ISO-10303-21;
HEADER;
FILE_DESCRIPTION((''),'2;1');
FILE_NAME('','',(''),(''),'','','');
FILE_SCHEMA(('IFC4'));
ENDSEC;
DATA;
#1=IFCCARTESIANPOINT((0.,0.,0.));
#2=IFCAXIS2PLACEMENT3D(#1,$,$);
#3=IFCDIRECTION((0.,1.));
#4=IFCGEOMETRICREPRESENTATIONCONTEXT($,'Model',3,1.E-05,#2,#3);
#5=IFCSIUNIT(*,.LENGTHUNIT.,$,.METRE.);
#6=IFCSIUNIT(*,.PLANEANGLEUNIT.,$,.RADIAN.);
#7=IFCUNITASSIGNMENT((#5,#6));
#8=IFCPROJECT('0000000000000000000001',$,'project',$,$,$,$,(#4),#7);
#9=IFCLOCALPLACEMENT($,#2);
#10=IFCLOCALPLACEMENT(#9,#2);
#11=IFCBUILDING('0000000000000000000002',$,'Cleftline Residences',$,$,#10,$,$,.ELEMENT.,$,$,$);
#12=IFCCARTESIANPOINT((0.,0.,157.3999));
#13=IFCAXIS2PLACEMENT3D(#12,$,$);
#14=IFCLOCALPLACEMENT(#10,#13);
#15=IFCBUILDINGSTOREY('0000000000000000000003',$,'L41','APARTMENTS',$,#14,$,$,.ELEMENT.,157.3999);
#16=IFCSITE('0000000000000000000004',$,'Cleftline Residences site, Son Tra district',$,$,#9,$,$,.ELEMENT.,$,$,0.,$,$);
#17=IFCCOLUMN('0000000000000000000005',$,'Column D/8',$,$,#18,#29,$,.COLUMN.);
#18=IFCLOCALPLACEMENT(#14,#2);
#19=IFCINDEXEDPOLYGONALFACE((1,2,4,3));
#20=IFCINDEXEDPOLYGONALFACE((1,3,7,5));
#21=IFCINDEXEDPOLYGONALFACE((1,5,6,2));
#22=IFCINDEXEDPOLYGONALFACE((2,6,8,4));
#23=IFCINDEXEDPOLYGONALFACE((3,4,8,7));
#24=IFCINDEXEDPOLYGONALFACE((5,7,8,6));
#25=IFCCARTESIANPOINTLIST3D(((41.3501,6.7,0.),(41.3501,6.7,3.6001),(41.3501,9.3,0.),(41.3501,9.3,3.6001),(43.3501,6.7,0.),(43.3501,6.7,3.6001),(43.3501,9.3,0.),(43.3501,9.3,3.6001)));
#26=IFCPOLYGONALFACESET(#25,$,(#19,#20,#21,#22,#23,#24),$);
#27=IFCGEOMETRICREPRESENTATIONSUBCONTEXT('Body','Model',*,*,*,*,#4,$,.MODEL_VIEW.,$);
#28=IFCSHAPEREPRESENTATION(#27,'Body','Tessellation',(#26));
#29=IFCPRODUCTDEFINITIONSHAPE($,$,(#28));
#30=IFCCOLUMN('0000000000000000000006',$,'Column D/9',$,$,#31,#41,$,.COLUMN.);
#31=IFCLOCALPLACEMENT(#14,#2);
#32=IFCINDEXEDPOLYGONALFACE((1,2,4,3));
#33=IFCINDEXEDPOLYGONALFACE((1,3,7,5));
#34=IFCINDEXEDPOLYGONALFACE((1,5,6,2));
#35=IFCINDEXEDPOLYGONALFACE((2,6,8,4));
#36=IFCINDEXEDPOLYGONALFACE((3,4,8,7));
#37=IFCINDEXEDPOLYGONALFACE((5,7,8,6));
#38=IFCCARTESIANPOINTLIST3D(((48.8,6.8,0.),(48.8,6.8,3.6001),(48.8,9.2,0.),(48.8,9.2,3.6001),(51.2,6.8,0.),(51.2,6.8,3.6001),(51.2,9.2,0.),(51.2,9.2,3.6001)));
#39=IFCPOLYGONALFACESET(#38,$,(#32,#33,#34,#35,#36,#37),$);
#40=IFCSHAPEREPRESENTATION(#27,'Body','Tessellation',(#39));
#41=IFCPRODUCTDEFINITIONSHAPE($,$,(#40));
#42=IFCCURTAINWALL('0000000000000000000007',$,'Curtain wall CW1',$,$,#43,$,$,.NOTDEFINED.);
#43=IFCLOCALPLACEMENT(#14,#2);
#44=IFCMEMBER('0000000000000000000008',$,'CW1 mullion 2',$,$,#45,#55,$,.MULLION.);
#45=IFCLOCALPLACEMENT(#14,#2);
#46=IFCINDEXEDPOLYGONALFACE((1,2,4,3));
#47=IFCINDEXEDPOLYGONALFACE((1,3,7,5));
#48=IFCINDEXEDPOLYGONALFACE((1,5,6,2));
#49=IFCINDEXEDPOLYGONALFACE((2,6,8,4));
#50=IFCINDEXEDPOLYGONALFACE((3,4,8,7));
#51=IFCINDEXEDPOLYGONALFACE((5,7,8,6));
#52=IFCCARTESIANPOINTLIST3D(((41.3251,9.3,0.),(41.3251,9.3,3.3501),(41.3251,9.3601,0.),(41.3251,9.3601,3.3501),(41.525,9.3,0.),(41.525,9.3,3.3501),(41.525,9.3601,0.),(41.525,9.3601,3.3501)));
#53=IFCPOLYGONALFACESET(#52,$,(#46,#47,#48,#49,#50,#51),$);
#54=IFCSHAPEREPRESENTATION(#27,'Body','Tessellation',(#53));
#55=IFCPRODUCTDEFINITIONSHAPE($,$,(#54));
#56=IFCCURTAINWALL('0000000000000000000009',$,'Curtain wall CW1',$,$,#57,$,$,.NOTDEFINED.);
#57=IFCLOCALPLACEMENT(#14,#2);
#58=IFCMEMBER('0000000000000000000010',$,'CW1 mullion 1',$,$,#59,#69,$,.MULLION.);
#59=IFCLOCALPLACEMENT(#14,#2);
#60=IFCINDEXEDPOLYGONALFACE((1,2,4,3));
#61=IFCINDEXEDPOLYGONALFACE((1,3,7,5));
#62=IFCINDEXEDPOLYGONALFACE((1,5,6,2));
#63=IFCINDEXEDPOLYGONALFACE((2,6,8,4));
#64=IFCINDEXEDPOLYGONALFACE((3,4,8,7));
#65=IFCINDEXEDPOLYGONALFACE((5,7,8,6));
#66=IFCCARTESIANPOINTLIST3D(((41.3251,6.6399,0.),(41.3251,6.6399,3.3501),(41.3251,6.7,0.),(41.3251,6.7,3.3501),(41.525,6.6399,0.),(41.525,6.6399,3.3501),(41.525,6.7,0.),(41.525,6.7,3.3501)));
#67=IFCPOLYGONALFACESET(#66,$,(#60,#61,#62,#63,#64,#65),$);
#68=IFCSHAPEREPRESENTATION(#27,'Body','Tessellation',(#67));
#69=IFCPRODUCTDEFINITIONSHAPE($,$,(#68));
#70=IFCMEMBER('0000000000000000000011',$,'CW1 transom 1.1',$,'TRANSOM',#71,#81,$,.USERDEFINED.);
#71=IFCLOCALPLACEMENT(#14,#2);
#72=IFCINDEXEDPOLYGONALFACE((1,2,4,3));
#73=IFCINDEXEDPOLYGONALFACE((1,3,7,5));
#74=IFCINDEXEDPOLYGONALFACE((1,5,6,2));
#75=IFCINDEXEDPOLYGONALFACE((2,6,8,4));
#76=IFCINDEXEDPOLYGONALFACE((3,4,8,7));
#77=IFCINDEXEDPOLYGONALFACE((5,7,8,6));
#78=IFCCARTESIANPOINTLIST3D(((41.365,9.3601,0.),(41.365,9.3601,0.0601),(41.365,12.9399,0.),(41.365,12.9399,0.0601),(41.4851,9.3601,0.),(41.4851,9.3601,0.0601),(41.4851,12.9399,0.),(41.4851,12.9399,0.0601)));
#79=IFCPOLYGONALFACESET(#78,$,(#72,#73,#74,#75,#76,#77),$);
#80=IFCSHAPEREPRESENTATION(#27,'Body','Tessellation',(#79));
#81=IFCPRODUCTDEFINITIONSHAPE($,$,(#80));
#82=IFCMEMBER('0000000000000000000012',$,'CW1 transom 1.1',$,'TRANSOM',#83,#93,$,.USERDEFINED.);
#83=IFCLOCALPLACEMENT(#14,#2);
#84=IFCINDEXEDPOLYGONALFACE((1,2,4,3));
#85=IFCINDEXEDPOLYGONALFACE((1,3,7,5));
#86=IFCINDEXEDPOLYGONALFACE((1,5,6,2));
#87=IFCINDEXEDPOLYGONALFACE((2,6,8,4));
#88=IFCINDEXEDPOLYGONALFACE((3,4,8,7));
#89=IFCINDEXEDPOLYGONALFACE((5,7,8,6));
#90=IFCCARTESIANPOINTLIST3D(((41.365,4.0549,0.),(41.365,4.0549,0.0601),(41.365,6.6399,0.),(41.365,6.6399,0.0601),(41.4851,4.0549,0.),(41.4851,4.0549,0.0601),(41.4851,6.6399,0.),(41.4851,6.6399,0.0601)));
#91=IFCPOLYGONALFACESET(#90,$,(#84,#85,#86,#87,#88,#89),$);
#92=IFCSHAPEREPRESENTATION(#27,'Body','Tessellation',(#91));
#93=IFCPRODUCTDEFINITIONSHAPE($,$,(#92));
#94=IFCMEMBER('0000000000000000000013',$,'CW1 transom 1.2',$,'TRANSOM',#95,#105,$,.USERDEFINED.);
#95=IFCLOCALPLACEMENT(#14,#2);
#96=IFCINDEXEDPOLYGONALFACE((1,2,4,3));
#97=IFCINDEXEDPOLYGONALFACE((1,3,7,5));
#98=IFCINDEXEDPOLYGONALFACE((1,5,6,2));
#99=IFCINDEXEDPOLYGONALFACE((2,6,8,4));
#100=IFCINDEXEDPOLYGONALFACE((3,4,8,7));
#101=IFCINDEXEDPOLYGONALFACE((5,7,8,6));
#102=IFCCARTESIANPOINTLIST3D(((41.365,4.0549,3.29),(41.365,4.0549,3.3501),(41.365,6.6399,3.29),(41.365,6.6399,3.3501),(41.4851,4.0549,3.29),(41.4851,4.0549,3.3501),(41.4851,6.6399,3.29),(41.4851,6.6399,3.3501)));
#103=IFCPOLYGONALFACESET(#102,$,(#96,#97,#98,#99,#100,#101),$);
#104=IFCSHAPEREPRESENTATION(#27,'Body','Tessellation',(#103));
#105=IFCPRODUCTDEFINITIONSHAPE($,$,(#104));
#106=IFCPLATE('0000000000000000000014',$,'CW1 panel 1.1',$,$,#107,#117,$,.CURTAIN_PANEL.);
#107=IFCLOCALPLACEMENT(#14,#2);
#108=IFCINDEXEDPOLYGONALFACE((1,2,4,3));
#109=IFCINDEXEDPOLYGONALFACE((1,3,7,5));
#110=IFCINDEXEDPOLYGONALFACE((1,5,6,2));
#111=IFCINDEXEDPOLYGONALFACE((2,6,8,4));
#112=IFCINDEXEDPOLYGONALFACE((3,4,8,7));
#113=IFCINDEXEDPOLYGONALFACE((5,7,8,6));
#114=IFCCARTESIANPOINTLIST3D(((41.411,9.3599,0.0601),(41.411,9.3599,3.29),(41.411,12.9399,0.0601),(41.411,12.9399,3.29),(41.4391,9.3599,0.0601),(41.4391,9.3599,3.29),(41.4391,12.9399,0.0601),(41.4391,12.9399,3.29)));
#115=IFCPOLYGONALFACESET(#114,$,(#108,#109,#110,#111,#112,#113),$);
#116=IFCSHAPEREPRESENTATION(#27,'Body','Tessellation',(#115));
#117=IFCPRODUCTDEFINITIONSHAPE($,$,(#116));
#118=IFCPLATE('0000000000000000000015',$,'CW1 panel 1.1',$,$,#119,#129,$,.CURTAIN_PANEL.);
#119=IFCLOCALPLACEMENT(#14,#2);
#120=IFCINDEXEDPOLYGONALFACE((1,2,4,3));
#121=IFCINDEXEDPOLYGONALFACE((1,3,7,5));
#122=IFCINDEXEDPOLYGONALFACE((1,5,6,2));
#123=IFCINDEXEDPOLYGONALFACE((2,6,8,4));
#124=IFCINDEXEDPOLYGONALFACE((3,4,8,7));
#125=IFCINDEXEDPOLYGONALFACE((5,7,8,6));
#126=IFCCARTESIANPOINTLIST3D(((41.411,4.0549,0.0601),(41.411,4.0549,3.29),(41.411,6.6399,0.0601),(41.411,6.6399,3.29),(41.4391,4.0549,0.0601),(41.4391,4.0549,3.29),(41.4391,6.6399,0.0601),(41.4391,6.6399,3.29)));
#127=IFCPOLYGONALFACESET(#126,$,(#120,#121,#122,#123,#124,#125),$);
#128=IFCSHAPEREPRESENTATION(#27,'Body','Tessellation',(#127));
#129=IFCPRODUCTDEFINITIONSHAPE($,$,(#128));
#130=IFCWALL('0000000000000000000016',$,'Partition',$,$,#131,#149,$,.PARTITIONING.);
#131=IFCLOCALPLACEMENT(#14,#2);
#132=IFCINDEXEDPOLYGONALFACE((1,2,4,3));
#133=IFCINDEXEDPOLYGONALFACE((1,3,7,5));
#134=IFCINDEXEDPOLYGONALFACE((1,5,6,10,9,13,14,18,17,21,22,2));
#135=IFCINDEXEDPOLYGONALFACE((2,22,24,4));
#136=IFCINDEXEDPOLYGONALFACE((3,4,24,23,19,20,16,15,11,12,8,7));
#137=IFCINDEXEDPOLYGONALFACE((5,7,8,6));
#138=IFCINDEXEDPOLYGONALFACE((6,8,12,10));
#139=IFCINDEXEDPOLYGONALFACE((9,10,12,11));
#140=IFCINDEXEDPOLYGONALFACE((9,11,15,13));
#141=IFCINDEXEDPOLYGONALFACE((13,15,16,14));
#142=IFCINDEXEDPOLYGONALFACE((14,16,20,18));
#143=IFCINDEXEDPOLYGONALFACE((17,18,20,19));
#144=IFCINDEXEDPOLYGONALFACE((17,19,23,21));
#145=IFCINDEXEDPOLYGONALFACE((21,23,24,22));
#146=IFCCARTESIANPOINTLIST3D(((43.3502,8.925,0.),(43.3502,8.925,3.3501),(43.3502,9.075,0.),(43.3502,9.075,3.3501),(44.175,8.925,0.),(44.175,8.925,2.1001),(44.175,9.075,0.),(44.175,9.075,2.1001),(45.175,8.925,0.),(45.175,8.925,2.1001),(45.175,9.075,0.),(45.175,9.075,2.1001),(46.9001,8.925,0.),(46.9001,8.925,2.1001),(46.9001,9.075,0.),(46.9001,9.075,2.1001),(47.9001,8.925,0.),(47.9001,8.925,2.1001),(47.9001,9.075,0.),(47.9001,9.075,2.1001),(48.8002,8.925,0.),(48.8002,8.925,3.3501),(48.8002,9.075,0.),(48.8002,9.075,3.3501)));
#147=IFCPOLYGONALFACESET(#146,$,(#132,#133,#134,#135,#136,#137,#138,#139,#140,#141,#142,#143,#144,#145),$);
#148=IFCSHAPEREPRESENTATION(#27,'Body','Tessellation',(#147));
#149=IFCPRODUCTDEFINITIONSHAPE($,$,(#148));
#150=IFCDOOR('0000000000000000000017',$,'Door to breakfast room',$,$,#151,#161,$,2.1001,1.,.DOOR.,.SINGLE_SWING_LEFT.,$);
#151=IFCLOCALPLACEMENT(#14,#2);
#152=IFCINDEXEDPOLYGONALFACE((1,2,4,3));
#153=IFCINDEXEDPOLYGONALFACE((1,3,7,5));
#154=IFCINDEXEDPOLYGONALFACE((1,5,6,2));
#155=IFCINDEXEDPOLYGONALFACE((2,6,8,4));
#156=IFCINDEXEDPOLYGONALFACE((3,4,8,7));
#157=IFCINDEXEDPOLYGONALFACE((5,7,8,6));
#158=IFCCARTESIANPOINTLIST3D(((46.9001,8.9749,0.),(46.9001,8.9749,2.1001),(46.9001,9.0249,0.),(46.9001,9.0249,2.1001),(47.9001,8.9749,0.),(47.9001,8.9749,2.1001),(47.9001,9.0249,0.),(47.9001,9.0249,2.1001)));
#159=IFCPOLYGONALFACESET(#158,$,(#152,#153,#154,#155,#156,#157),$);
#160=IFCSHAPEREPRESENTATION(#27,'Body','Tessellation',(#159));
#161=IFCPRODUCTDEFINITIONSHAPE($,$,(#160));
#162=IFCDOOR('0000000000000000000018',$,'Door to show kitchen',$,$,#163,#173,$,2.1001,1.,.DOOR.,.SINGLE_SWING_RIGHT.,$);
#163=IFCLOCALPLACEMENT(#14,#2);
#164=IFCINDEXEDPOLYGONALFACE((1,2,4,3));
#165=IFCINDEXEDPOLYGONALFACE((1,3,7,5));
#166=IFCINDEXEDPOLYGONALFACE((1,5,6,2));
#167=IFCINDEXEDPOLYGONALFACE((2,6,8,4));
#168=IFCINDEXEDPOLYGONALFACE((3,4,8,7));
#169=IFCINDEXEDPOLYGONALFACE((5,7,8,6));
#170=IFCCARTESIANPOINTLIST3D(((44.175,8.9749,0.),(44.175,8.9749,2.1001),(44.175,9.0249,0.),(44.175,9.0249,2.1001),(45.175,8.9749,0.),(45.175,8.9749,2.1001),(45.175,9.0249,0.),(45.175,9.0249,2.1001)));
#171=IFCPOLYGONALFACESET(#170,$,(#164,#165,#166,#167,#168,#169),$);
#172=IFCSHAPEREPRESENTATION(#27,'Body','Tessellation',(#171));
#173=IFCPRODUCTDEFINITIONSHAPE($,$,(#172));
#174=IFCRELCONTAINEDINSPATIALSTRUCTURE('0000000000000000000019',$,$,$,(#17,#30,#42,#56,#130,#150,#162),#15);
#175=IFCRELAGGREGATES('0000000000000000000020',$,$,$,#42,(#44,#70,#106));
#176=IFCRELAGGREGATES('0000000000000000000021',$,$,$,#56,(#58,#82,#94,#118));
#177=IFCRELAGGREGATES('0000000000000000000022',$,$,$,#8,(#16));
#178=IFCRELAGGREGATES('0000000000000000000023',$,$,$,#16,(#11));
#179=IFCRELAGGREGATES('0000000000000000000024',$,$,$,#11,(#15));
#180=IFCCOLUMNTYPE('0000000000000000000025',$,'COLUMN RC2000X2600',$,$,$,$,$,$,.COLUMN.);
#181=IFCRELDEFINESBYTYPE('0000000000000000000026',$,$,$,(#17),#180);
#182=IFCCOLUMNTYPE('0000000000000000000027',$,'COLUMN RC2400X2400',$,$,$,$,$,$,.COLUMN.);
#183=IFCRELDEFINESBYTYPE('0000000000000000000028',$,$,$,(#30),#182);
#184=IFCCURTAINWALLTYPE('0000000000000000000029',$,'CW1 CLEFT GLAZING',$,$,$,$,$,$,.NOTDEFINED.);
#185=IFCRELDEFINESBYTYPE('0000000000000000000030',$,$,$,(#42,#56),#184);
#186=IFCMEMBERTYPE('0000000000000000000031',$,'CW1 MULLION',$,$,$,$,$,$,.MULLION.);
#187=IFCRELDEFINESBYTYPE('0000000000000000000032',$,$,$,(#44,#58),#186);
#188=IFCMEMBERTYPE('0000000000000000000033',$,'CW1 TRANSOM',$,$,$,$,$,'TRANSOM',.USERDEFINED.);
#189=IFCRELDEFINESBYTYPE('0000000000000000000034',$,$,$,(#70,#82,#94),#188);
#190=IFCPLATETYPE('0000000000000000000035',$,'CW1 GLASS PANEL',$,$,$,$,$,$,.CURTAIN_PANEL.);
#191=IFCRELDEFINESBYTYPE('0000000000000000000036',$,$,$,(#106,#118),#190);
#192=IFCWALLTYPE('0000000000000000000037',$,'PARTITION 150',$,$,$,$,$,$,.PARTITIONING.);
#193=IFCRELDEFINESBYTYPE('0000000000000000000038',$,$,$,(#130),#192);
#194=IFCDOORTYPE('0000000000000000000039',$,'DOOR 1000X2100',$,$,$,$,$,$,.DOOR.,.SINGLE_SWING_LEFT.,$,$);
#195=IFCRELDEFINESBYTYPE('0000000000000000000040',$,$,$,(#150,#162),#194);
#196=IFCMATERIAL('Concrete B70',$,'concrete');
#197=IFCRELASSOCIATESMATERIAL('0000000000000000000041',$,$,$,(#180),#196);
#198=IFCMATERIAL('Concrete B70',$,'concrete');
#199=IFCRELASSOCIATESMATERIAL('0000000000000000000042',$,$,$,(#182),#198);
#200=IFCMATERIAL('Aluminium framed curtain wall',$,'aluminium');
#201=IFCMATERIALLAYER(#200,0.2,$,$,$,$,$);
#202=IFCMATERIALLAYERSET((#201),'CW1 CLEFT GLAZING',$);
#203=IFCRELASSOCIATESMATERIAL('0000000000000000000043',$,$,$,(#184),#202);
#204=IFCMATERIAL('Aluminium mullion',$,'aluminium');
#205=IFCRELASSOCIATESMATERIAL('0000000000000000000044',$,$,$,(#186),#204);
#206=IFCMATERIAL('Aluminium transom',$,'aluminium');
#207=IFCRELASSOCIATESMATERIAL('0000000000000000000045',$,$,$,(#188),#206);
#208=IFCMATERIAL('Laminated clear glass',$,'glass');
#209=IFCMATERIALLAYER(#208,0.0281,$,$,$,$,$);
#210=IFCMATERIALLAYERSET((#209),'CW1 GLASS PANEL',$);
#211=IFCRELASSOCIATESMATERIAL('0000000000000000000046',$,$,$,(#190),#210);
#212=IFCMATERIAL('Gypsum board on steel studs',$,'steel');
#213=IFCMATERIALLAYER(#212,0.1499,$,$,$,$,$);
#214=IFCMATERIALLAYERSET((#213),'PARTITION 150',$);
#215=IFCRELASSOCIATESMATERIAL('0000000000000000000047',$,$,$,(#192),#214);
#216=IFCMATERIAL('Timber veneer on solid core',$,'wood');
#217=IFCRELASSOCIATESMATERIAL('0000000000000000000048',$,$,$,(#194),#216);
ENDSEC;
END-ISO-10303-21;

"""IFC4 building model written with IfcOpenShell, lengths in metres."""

from ifc_helpers import new_model, si_unit, direction, frame, frame_2d, origin, origin_2d, place, context, subcontext, project, spatial, rectangle, extrude, material, layer, layer_set, material_profile, profile_set, type_object, element, fill, aggregate, save


model = new_model("IFC4")

# Units and contexts
model_context = context("Model", 3, precision=1e-05, world=origin(), true_north=direction((0.0, 1.0)))
body_context = subcontext(model_context, "Body", "Model", "MODEL_VIEW")
ifc_project = project(units=[si_unit("LENGTHUNIT", "METRE"), si_unit("PLANEANGLEUNIT", "RADIAN")], contexts=[model_context])

# Site, building, storey
site_placement = place(None, origin())
site = spatial("IfcSite", under=ifc_project, at=site_placement, Name="Cleftline Residences site, Son Tra district", CompositionType="ELEMENT", RefElevation=0.0)
building_placement = place(site_placement, origin())
building = spatial("IfcBuilding", under=site, at=building_placement, Name="Cleftline Residences", CompositionType="ELEMENT")
storey_placement = place(building_placement, frame((0.0, 0.0, 157.3999)))
storey = spatial("IfcBuildingStorey", under=building, at=storey_placement, Name="L41", Description="APARTMENTS", CompositionType="ELEMENT", Elevation=157.3999)

# Columns
ifc_material_1 = material(Name="Concrete B70", Category="concrete")
ifc_material_profile_1 = material_profile(ifc_material_1, rectangle(XDim=2.0, YDim=2.6001, at=origin_2d()))
ifc_profile_set_1 = profile_set([ifc_material_profile_1], Name="Concrete B70")
column_type_1 = type_object("IfcColumnType", Name="COLUMN RC2000X2600", PredefinedType="COLUMN", material=ifc_profile_set_1)
column_1_placement = place(storey_placement, frame((42.3501, 8.0, 0.0), z_axis=(0.0, 0.0, 1.0), x_axis=(1.0, 0.0, 0.0)))
element("IfcColumn", 1, at=column_1_placement, inside=storey, type_object=column_type_1, Name="Column D/8", PredefinedType="COLUMN", context=body_context, shape_type="SweptSolid", body=[
    extrude(rectangle(XDim=2.0, YDim=2.6001, at=origin_2d()), origin(), (0.0, 0.0, 1.0), 3.6001),
])
ifc_material_2 = material(Name="Concrete B70", Category="concrete")
ifc_material_profile_2 = material_profile(ifc_material_2, rectangle(XDim=2.3999, YDim=2.3999, at=origin_2d()))
ifc_profile_set_2 = profile_set([ifc_material_profile_2], Name="Concrete B70")
column_type_2 = type_object("IfcColumnType", Name="COLUMN RC2400X2400", PredefinedType="COLUMN", material=ifc_profile_set_2)
column_2_placement = place(storey_placement, frame((50.0, 8.0, 0.0), z_axis=(0.0, 0.0, 1.0), x_axis=(1.0, 0.0, 0.0)))
element("IfcColumn", 2, at=column_2_placement, inside=storey, type_object=column_type_2, Name="Column D/9", PredefinedType="COLUMN", context=body_context, shape_type="SweptSolid", body=[
    extrude(rectangle(XDim=2.3999, YDim=2.3999, at=origin_2d()), origin(), (0.0, 0.0, 1.0), 3.6001),
])

# Curtain walls, members
ifc_material_3 = material(Name="Aluminium framed curtain wall", Category="aluminium")
ifc_layer_1 = layer(ifc_material_3, 0.2)
ifc_layer_set_1 = layer_set([ifc_layer_1], Name="CW1 CLEFT GLAZING")
curtain_wall_type = type_object("IfcCurtainWallType", Name="CW1 CLEFT GLAZING", PredefinedType="NOTDEFINED", material=ifc_layer_set_1)
curtain_wall_1_placement = place(storey_placement, origin())
curtain_wall_1 = element("IfcCurtainWall", 3, at=curtain_wall_1_placement, inside=storey, type_object=curtain_wall_type, Name="Curtain wall CW1", PredefinedType="NOTDEFINED")
ifc_material_4 = material(Name="Aluminium mullion", Category="aluminium")
ifc_material_profile_3 = material_profile(ifc_material_4, rectangle(XDim=0.2, YDim=0.0601, at=origin_2d()))
ifc_profile_set_3 = profile_set([ifc_material_profile_3], Name="Aluminium mullion")
member_type_1 = type_object("IfcMemberType", Name="CW1 MULLION", PredefinedType="MULLION", material=ifc_profile_set_3)
member_1_placement = place(storey_placement, frame((41.425, 9.3301, 0.0), z_axis=(0.0, 0.0, 1.0), x_axis=(1.0, 0.0, 0.0)))
member_1 = element("IfcMember", 4, at=member_1_placement, type_object=member_type_1, Name="CW1 mullion 2", PredefinedType="MULLION", context=body_context, shape_type="SweptSolid", body=[
    extrude(rectangle(XDim=0.2, YDim=0.0601, at=origin_2d()), origin(), (0.0, 0.0, 1.0), 3.3501),
])
curtain_wall_2_placement = place(storey_placement, origin())
curtain_wall_2 = element("IfcCurtainWall", 5, at=curtain_wall_2_placement, inside=storey, type_object=curtain_wall_type, Name="Curtain wall CW1", PredefinedType="NOTDEFINED")
member_2_placement = place(storey_placement, frame((41.425, 6.6699, 0.0), z_axis=(0.0, 0.0, 1.0), x_axis=(1.0, 0.0, 0.0)))
member_2 = element("IfcMember", 6, at=member_2_placement, type_object=member_type_1, Name="CW1 mullion 1", PredefinedType="MULLION", context=body_context, shape_type="SweptSolid", body=[
    extrude(rectangle(XDim=0.2, YDim=0.0601, at=origin_2d()), origin(), (0.0, 0.0, 1.0), 3.3501),
])

# Members
ifc_material_5 = material(Name="Aluminium transom", Category="aluminium")
ifc_material_profile_4 = material_profile(ifc_material_5, rectangle(XDim=0.1201, YDim=0.0601, at=origin_2d()))
ifc_profile_set_4 = profile_set([ifc_material_profile_4], Name="Aluminium transom")
member_type_2 = type_object("IfcMemberType", Name="CW1 TRANSOM", ElementType="TRANSOM", PredefinedType="USERDEFINED", material=ifc_profile_set_4)
member_3_placement = place(storey_placement, frame((41.425, 12.9399, 0.03), z_axis=(0.0, -1.0, 0.0), x_axis=(1.0, 0.0, 0.0)))
member_3 = element("IfcMember", 7, at=member_3_placement, type_object=member_type_2, Name="CW1 transom 1.1", ObjectType="TRANSOM", PredefinedType="USERDEFINED", context=body_context, shape_type="SweptSolid", body=[
    extrude(rectangle(XDim=0.1201, YDim=0.0601, at=origin_2d()), origin(), (0.0, 0.0, 1.0), 3.5798),
])
member_4_placement = place(storey_placement, frame((41.425, 6.6399, 0.03), z_axis=(0.0, -1.0, 0.0), x_axis=(1.0, 0.0, 0.0)))
member_4 = element("IfcMember", 8, at=member_4_placement, type_object=member_type_2, Name="CW1 transom 1.1", ObjectType="TRANSOM", PredefinedType="USERDEFINED", context=body_context, shape_type="SweptSolid", body=[
    extrude(rectangle(XDim=0.1201, YDim=0.0601, at=origin_2d()), origin(), (0.0, 0.0, 1.0), 2.585),
])
member_5_placement = place(storey_placement, frame((41.425, 6.6399, 3.3201), z_axis=(0.0, -1.0, 0.0), x_axis=(1.0, 0.0, 0.0)))
member_5 = element("IfcMember", 9, at=member_5_placement, type_object=member_type_2, Name="CW1 transom 1.2", ObjectType="TRANSOM", PredefinedType="USERDEFINED", context=body_context, shape_type="SweptSolid", body=[
    extrude(rectangle(XDim=0.1201, YDim=0.0601, at=origin_2d()), origin(), (0.0, 0.0, 1.0), 2.585),
])

# Plates
ifc_material_6 = material(Name="Laminated clear glass", Category="glass")
ifc_layer_2 = layer(ifc_material_6, 0.0281)
ifc_layer_set_2 = layer_set([ifc_layer_2], Name="CW1 GLASS PANEL")
plate_type = type_object("IfcPlateType", Name="CW1 GLASS PANEL", PredefinedType="CURTAIN_PANEL", material=ifc_layer_set_2)
plate_1_placement = place(storey_placement, frame((41.425, 11.1499, 0.0601), z_axis=(0.0, 0.0, 1.0), x_axis=(0.0, -1.0, 0.0)))
plate_1 = element("IfcPlate", 10, at=plate_1_placement, type_object=plate_type, Name="CW1 panel 1.1", PredefinedType="CURTAIN_PANEL", context=body_context, shape_type="SweptSolid", body=[
    extrude(rectangle(XDim=3.5801, YDim=0.0281, at=origin_2d()), origin(), (0.0, 0.0, 1.0), 3.23),
])
aggregate(curtain_wall_1, [member_1, member_3, plate_1])
plate_2_placement = place(storey_placement, frame((41.425, 5.3474, 0.0601), z_axis=(0.0, 0.0, 1.0), x_axis=(0.0, -1.0, 0.0)))
plate_2 = element("IfcPlate", 11, at=plate_2_placement, type_object=plate_type, Name="CW1 panel 1.1", PredefinedType="CURTAIN_PANEL", context=body_context, shape_type="SweptSolid", body=[
    extrude(rectangle(XDim=2.585, YDim=0.0281, at=origin_2d()), origin(), (0.0, 0.0, 1.0), 3.23),
])
aggregate(curtain_wall_2, [member_2, member_4, member_5, plate_2])

# Wall, openings, doors
ifc_material_7 = material(Name="Gypsum board on steel studs", Category="steel")
ifc_layer_3 = layer(ifc_material_7, 0.1499)
ifc_layer_set_3 = layer_set([ifc_layer_3], Name="PARTITION 150")
wall_type = type_object("IfcWallType", Name="PARTITION 150", PredefinedType="PARTITIONING", material=ifc_layer_set_3)
wall_1_placement = place(storey_placement, frame((43.3501, 9.0, 0.0), z_axis=(0.0, 0.0, 1.0), x_axis=(1.0, 0.0, 0.0)))
wall_1 = element("IfcWall", 12, at=wall_1_placement, inside=storey, type_object=wall_type, Name="Partition", PredefinedType="PARTITIONING", context=body_context, shape_type="SweptSolid", body=[
    extrude(rectangle(XDim=5.45, YDim=0.1499, at=frame_2d((2.7251, 0.0))), origin(), (0.0, 0.0, 1.0), 3.3501),
])
opening_1_placement = place(wall_1_placement, frame((3.55, 0.0, 0.0)))
opening_1 = element("IfcOpeningElement", 13, at=opening_1_placement, cuts=wall_1, PredefinedType="OPENING", context=body_context, shape_type="SweptSolid", body=[
    extrude(rectangle(XDim=1.0, YDim=2.1001, at=frame_2d((0.5, 1.05))), frame((0.0, 0.085, 0.0), z_axis=(0.0, -1.0, 0.0), x_axis=(1.0, 0.0, 0.0)), (0.0, 0.0, 1.0), 0.1699),
])
opening_2_placement = place(wall_1_placement, frame((0.825, 0.0, 0.0)))
opening_2 = element("IfcOpeningElement", 14, at=opening_2_placement, cuts=wall_1, PredefinedType="OPENING", context=body_context, shape_type="SweptSolid", body=[
    extrude(rectangle(XDim=1.0, YDim=2.1001, at=frame_2d((0.5, 1.05))), frame((0.0, 0.085, 0.0), z_axis=(0.0, -1.0, 0.0), x_axis=(1.0, 0.0, 0.0)), (0.0, 0.0, 1.0), 0.1699),
])
ifc_material_8 = material(Name="Timber veneer on solid core", Category="wood")
door_type_1 = type_object("IfcDoorType", Name="DOOR 1000X2100", OperationType="SINGLE_SWING_LEFT", PredefinedType="DOOR", material=ifc_material_8)
door_1_placement = place(opening_1_placement, origin())
door_1 = element("IfcDoor", 15, at=door_1_placement, inside=storey, type_object=door_type_1, Name="Door to breakfast room", OperationType="SINGLE_SWING_LEFT", OverallHeight=2.1001, OverallWidth=1.0, PredefinedType="DOOR", context=body_context, shape_type="SweptSolid", body=[
    extrude(rectangle(XDim=1.0, YDim=2.1001, at=frame_2d((0.5, 1.05))), frame((0.0, 0.0249, 0.0), z_axis=(0.0, -1.0, 0.0), x_axis=(1.0, 0.0, 0.0)), (0.0, 0.0, 1.0), 0.05),
])
fill(opening_1, door_1)
door_2_placement = place(opening_2_placement, origin())
door_2 = element("IfcDoor", 16, at=door_2_placement, inside=storey, type_object=door_type_1, Name="Door to show kitchen", OperationType="SINGLE_SWING_RIGHT", OverallHeight=2.1001, OverallWidth=1.0, PredefinedType="DOOR", context=body_context, shape_type="SweptSolid", body=[
    extrude(rectangle(XDim=1.0, YDim=2.1001, at=frame_2d((0.5, 1.05))), frame((0.0, 0.0249, 0.0), z_axis=(0.0, -1.0, 0.0), x_axis=(1.0, 0.0, 0.0)), (0.0, 0.0, 1.0), 0.05),
])
fill(opening_2, door_2)

save(model, "model.ifc")
